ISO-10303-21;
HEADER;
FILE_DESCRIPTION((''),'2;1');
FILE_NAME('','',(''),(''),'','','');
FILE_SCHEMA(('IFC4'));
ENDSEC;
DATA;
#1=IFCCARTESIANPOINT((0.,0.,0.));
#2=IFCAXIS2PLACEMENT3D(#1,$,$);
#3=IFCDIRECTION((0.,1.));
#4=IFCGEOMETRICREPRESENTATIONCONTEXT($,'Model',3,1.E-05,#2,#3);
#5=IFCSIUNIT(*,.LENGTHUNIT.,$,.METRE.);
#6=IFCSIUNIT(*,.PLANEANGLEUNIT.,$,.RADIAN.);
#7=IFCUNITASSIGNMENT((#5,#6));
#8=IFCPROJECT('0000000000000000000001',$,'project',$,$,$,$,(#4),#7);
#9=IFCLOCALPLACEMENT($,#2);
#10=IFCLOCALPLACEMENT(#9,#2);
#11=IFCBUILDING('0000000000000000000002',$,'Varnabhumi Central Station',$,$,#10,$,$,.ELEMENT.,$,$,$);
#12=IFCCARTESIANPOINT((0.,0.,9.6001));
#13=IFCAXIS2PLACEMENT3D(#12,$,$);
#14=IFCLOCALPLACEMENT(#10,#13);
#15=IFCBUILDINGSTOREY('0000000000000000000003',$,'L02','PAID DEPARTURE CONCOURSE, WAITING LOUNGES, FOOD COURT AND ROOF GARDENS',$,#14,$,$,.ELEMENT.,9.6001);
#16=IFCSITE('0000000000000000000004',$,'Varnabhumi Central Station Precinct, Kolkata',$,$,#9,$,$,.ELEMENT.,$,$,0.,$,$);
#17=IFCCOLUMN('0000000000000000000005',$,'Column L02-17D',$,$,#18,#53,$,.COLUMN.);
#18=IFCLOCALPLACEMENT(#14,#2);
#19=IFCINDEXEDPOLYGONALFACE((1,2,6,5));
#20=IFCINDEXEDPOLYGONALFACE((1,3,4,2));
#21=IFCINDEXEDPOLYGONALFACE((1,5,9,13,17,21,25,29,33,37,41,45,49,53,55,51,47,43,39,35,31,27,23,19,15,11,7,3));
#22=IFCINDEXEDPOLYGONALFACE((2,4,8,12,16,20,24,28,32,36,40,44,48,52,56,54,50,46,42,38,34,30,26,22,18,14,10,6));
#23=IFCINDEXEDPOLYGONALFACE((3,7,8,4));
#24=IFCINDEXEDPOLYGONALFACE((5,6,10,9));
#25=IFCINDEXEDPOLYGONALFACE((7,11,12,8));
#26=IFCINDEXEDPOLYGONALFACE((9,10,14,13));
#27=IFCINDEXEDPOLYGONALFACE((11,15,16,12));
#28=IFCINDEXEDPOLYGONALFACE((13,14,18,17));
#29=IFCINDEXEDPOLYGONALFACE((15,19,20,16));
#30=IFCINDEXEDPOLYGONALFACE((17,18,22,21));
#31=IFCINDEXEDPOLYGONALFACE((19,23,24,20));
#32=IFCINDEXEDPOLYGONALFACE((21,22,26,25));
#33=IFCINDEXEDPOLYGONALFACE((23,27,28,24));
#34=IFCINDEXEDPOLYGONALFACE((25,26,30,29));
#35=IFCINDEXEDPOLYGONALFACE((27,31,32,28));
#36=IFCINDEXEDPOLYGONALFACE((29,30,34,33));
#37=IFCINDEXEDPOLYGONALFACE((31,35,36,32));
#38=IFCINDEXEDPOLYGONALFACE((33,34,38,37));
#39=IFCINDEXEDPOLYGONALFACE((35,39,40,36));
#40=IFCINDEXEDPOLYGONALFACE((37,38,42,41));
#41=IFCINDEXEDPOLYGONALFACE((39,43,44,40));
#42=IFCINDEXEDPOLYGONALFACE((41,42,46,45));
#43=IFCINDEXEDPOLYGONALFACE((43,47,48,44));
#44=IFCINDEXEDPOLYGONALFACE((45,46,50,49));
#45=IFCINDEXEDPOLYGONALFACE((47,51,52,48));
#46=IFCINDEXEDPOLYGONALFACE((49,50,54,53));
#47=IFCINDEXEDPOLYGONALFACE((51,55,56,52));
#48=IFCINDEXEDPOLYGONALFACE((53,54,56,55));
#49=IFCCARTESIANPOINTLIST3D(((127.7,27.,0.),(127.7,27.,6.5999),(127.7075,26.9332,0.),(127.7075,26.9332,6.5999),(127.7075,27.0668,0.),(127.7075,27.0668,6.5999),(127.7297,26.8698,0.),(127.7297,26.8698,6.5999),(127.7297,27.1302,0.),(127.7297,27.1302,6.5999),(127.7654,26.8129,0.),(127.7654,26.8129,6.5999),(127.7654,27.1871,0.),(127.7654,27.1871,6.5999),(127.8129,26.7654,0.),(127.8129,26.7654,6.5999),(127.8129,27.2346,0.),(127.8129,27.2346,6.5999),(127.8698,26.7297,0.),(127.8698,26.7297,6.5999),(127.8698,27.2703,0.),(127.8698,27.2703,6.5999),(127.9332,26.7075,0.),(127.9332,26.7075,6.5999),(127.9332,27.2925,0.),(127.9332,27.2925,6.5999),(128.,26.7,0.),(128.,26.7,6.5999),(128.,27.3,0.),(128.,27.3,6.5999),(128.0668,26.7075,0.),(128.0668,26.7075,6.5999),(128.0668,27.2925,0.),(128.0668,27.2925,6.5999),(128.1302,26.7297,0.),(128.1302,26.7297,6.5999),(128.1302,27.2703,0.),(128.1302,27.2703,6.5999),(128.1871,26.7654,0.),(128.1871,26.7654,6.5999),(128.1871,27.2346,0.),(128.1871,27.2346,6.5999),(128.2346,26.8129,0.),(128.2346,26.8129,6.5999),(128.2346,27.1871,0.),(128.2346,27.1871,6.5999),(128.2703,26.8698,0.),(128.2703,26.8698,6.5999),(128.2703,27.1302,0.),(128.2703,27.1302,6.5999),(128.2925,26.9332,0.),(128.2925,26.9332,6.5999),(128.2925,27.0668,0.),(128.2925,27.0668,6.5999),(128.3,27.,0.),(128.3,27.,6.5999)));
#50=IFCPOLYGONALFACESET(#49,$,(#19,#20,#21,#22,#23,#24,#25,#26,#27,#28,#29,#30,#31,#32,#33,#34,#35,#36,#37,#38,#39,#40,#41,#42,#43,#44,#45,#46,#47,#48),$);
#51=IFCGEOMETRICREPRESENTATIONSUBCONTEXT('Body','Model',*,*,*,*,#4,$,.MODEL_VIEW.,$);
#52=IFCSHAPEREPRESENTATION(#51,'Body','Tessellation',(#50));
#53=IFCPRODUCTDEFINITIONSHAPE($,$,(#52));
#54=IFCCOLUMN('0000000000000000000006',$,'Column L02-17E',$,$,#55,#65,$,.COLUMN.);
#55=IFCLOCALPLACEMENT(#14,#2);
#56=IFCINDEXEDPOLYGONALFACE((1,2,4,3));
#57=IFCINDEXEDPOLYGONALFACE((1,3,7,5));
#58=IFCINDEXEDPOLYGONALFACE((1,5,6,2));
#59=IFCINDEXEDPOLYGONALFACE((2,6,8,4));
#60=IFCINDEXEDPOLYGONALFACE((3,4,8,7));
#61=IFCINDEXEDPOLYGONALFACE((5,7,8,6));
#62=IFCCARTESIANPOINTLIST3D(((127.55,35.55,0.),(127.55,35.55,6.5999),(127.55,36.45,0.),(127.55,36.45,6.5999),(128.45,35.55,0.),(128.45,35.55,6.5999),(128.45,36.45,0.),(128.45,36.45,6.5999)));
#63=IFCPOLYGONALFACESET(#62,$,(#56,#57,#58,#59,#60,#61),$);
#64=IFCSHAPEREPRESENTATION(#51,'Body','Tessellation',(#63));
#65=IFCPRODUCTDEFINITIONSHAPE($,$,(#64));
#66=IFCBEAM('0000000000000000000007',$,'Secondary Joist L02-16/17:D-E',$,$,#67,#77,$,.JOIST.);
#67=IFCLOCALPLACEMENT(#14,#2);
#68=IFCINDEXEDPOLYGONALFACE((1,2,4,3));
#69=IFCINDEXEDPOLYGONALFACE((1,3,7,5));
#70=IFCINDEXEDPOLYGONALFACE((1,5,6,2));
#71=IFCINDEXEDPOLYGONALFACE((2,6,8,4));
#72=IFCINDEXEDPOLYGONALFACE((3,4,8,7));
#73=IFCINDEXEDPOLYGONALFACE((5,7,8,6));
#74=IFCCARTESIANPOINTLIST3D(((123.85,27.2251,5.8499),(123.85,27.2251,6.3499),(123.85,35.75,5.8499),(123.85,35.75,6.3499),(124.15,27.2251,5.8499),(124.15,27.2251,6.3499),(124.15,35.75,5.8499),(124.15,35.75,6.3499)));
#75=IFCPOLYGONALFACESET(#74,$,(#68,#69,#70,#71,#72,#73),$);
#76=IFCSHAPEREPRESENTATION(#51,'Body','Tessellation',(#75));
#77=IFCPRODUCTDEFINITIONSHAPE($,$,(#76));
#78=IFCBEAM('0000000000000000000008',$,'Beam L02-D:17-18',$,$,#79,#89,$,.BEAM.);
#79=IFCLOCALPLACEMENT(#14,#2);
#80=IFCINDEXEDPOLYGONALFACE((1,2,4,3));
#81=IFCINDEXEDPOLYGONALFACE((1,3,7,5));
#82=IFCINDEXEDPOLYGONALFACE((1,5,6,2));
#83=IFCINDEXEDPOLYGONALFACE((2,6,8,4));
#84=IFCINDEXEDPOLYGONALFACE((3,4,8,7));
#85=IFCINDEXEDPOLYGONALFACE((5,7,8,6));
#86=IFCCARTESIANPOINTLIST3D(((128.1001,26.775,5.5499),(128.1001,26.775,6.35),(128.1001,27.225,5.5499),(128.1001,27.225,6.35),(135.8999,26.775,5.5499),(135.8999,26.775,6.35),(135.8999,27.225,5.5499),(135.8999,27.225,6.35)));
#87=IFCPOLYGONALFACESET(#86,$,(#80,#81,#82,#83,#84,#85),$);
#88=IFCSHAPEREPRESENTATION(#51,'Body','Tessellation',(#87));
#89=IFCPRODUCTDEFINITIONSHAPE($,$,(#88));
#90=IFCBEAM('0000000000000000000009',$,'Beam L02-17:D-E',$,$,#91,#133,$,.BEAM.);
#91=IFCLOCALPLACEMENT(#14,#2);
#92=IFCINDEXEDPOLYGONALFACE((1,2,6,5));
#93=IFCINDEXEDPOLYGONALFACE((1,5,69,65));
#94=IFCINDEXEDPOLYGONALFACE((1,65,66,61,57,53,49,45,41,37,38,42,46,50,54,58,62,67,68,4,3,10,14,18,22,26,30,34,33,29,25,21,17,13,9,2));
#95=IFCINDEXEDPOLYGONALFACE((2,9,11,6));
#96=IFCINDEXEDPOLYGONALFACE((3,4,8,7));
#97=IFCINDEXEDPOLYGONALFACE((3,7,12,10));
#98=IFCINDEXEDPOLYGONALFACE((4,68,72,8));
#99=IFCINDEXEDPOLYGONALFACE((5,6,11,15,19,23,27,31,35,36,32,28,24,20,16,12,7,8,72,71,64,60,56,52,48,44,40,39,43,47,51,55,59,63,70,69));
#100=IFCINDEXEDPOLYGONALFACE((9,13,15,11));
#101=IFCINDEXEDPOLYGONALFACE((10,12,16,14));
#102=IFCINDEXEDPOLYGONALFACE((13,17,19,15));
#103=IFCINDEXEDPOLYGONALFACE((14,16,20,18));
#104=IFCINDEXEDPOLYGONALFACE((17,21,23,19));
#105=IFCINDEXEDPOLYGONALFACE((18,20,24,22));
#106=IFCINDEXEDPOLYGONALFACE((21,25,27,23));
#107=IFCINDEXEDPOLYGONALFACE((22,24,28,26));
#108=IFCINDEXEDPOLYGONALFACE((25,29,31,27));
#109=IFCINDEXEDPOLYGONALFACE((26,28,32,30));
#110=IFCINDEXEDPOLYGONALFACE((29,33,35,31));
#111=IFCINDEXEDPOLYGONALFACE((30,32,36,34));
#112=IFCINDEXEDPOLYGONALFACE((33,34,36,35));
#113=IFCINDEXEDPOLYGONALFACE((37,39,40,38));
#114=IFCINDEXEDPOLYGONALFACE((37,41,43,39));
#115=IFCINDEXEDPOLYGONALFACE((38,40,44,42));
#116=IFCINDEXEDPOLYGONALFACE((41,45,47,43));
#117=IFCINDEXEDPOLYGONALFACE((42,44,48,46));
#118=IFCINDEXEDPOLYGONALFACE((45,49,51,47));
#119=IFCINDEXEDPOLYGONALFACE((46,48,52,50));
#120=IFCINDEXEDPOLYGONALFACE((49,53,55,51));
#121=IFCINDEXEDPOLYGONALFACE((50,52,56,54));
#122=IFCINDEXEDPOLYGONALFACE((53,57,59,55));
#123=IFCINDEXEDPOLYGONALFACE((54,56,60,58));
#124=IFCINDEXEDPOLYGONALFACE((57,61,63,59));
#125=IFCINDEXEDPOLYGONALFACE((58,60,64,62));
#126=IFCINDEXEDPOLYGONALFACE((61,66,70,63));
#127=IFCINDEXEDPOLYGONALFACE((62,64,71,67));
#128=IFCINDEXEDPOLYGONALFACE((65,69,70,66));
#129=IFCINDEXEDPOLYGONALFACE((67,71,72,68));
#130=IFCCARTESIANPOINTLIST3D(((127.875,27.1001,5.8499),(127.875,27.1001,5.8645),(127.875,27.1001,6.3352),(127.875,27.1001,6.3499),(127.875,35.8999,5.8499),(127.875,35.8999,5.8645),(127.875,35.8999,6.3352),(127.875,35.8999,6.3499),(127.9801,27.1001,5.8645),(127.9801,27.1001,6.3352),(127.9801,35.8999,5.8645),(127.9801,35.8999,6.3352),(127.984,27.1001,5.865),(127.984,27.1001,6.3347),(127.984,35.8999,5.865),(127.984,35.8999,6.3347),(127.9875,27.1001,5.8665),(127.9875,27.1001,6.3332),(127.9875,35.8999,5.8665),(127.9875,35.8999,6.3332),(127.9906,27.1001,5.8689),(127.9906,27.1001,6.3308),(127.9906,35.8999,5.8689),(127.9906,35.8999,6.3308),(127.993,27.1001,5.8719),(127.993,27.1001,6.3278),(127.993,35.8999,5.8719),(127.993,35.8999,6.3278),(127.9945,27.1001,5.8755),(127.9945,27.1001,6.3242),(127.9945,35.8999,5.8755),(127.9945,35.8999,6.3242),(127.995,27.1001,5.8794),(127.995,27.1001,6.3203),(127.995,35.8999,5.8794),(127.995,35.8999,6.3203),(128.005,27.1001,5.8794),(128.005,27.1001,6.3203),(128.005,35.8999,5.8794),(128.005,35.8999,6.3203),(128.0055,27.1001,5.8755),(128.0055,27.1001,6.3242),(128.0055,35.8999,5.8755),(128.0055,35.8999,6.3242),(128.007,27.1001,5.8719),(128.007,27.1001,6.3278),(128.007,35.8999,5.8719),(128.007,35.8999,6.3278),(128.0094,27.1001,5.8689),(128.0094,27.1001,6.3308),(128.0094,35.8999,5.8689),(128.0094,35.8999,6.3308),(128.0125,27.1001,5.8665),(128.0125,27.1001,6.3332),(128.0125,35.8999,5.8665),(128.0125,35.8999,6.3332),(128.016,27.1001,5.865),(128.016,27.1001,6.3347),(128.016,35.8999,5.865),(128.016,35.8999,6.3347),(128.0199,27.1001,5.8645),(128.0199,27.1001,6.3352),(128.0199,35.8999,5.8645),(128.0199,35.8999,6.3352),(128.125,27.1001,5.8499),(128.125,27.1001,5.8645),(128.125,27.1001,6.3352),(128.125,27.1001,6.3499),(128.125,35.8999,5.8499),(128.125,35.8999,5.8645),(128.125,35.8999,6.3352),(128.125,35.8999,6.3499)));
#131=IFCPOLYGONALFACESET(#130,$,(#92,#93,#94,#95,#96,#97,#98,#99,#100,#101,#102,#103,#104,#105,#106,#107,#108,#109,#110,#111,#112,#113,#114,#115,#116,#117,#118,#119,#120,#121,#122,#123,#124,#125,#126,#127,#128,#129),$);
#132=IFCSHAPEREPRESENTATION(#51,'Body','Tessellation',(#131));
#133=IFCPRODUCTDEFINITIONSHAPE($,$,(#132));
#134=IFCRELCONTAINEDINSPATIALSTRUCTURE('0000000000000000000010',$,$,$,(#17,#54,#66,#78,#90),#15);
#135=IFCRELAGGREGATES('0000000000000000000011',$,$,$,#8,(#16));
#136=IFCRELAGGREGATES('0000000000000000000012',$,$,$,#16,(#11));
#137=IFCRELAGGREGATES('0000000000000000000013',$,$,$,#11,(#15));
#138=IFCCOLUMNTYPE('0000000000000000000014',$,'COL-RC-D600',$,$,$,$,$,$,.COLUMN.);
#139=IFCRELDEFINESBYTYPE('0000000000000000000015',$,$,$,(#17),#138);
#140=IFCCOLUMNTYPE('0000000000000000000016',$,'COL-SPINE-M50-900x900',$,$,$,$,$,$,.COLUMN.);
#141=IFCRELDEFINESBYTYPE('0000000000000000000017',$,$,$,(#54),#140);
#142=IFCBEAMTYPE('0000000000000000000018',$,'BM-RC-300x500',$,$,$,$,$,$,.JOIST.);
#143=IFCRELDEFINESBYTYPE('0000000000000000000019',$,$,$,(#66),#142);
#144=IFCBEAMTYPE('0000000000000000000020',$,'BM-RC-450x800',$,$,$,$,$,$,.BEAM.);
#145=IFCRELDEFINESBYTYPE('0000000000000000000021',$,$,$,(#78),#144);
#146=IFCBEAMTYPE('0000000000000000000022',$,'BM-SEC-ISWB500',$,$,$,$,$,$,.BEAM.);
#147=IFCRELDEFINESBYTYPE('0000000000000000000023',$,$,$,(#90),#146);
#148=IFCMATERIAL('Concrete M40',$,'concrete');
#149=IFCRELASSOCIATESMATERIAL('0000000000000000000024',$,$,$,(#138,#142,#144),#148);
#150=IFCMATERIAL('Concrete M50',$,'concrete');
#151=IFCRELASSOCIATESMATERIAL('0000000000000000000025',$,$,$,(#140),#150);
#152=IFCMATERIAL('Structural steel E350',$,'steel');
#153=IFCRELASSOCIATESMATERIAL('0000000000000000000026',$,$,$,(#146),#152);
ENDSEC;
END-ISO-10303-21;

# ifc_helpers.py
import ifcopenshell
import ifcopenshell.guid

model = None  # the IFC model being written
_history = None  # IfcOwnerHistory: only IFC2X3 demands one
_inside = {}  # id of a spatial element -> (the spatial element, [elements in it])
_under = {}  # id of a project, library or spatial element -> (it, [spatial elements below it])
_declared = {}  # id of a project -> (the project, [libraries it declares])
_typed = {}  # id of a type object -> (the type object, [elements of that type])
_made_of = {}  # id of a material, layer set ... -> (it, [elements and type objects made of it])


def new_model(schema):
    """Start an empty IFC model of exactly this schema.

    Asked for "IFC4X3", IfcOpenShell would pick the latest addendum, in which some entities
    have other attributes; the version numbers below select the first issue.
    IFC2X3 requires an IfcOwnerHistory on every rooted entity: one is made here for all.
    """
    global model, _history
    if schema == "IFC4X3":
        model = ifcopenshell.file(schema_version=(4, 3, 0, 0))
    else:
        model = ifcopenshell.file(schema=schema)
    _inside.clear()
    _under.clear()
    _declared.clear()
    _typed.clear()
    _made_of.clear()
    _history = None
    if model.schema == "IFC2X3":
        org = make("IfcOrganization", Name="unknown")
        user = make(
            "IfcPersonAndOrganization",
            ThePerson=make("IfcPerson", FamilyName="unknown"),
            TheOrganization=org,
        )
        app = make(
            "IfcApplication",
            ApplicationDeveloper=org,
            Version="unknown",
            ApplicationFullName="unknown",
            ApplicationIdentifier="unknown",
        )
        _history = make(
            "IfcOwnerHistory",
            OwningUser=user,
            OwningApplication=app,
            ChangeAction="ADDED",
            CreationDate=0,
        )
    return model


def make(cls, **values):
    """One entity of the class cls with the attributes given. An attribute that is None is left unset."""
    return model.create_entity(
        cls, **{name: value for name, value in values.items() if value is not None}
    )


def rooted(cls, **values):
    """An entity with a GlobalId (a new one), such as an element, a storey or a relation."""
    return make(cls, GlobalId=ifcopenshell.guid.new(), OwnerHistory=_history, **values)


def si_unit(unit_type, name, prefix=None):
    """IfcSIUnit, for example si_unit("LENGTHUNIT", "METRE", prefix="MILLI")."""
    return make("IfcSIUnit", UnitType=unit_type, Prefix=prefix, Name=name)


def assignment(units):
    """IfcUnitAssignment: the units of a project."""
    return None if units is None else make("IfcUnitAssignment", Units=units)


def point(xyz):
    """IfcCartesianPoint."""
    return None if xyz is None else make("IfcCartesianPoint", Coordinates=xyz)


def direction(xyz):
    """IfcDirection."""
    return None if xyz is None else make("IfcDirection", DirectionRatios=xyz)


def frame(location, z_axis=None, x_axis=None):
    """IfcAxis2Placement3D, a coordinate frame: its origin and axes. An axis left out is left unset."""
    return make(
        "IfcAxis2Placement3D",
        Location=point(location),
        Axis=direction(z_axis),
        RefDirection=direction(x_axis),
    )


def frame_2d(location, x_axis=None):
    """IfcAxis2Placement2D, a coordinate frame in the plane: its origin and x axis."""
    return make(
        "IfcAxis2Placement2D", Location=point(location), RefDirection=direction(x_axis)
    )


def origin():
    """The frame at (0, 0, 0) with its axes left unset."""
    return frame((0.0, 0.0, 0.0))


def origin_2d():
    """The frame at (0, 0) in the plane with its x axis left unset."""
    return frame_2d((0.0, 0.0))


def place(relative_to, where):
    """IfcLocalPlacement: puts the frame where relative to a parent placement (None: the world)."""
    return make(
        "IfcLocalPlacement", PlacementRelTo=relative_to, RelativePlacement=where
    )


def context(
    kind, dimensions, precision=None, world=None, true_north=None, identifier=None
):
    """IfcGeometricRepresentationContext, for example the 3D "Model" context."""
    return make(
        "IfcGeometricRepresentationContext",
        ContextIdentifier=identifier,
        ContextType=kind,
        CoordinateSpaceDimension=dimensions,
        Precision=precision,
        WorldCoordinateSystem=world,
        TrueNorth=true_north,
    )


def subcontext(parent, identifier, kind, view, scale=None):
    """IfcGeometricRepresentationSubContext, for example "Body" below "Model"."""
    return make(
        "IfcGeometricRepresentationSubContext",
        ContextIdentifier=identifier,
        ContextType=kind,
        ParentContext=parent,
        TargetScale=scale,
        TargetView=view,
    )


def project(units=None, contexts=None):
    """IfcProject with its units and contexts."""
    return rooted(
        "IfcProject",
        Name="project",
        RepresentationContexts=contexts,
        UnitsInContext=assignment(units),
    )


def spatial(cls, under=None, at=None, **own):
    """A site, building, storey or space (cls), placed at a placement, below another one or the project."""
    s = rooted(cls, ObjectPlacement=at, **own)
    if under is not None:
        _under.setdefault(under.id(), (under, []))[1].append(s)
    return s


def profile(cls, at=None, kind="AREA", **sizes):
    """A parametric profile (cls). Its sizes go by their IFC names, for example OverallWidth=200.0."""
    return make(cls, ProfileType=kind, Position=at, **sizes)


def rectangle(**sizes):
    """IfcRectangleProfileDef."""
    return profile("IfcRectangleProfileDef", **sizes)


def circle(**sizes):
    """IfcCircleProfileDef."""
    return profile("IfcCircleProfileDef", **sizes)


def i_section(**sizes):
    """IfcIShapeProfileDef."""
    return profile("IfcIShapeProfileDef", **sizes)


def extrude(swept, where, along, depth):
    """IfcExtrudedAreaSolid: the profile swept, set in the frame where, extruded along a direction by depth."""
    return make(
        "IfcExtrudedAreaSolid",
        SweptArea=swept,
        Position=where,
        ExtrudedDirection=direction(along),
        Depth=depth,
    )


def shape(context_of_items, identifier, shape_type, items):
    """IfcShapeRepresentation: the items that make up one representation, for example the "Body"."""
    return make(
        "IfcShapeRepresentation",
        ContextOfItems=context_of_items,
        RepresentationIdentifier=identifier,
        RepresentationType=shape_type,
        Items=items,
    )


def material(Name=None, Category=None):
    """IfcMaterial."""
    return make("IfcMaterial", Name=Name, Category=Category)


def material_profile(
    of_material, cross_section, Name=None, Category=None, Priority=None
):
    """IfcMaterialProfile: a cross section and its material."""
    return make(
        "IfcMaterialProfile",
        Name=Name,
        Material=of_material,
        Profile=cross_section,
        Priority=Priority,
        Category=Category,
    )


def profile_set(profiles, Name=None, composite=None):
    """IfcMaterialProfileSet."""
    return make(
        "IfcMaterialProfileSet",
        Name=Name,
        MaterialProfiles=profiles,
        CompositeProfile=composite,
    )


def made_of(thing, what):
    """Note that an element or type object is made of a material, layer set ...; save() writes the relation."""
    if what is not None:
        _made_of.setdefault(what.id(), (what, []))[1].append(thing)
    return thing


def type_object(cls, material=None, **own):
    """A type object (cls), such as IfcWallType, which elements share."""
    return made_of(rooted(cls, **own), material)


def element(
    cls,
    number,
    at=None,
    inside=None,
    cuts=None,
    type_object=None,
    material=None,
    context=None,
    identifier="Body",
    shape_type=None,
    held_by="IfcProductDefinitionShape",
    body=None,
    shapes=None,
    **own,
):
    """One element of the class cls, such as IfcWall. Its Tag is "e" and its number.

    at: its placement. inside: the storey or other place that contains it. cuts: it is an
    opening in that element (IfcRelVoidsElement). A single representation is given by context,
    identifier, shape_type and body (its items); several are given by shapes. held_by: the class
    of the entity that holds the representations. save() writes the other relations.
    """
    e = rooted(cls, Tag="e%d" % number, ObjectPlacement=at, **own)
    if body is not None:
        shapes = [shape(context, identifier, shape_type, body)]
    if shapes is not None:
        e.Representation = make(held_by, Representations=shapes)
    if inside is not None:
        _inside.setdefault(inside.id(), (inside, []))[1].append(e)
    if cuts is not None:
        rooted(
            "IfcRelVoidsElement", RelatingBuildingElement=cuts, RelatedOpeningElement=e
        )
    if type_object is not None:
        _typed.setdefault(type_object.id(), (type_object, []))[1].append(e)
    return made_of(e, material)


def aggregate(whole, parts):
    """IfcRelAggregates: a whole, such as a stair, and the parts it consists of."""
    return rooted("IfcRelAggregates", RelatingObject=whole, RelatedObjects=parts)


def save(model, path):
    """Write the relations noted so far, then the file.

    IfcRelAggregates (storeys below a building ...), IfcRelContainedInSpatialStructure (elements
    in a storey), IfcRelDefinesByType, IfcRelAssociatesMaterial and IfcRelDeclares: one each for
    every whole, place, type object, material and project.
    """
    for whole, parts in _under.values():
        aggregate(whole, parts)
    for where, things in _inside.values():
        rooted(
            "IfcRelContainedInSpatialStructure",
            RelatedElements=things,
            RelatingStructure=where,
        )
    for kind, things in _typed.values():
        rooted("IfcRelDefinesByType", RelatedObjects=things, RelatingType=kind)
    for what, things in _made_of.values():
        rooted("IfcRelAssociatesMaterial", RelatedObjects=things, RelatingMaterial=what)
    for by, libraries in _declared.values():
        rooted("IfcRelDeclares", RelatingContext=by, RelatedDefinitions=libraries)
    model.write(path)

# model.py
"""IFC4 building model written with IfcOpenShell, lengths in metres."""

from ifc_helpers import new_model, si_unit, direction, frame, origin, origin_2d, place, context, subcontext, project, spatial, rectangle, circle, i_section, extrude, material, material_profile, profile_set, type_object, element, save


model = new_model("IFC4")

# Units and contexts
model_context = context("Model", 3, precision=1e-05, world=origin(), true_north=direction((0.0, 1.0)))
body_context = subcontext(model_context, "Body", "Model", "MODEL_VIEW")
ifc_project = project(units=[si_unit("LENGTHUNIT", "METRE"), si_unit("PLANEANGLEUNIT", "RADIAN")], contexts=[model_context])

# Site, building, storey
site_placement = place(None, origin())
site = spatial("IfcSite", under=ifc_project, at=site_placement, Name="Varnabhumi Central Station Precinct, Kolkata", CompositionType="ELEMENT", RefElevation=0.0)
building_placement = place(site_placement, origin())
building = spatial("IfcBuilding", under=site, at=building_placement, Name="Varnabhumi Central Station", CompositionType="ELEMENT")
storey_placement = place(building_placement, frame((0.0, 0.0, 9.6001)))
storey = spatial("IfcBuildingStorey", under=building, at=storey_placement, Name="L02", Description="PAID DEPARTURE CONCOURSE, WAITING LOUNGES, FOOD COURT AND ROOF GARDENS", CompositionType="ELEMENT", Elevation=9.6001)

# Columns
ifc_material_1 = material(Name="Concrete M40", Category="concrete")
ifc_material_profile_1 = material_profile(ifc_material_1, circle(Radius=0.3, at=origin_2d()), Name="Concrete M40", Category="concrete")
ifc_profile_set_1 = profile_set([ifc_material_profile_1], Name="Concrete M40")
column_type_1 = type_object("IfcColumnType", Name="COL-RC-D600", PredefinedType="COLUMN", material=ifc_profile_set_1)
column_1_placement = place(storey_placement, frame((128.0, 27.0, 0.0), z_axis=(0.0, 0.0, 1.0), x_axis=(1.0, 0.0, 0.0)))
element("IfcColumn", 1, at=column_1_placement, inside=storey, type_object=column_type_1, Name="Column L02-17D", PredefinedType="COLUMN", context=body_context, shape_type="SweptSolid", body=[
    extrude(circle(Radius=0.3, at=origin_2d()), origin(), (0.0, 0.0, 1.0), 6.5999),
])
ifc_material_2 = material(Name="Concrete M50", Category="concrete")
ifc_material_profile_2 = material_profile(ifc_material_2, rectangle(XDim=0.8999, YDim=0.8999, at=origin_2d()), Name="Concrete M50", Category="concrete")
ifc_profile_set_2 = profile_set([ifc_material_profile_2], Name="Concrete M50")
column_type_2 = type_object("IfcColumnType", Name="COL-SPINE-M50-900x900", PredefinedType="COLUMN", material=ifc_profile_set_2)
column_2_placement = place(storey_placement, frame((128.0, 36.0, 0.0), z_axis=(0.0, 0.0, 1.0), x_axis=(1.0, 0.0, 0.0)))
element("IfcColumn", 2, at=column_2_placement, inside=storey, type_object=column_type_2, Name="Column L02-17E", PredefinedType="COLUMN", context=body_context, shape_type="SweptSolid", body=[
    extrude(rectangle(XDim=0.8999, YDim=0.8999, at=origin_2d()), origin(), (0.0, 0.0, 1.0), 6.5999),
])

# Beams
ifc_material_profile_3 = material_profile(ifc_material_1, rectangle(XDim=0.3, YDim=0.5, at=origin_2d()), Name="Concrete M40", Category="concrete")
ifc_profile_set_3 = profile_set([ifc_material_profile_3], Name="Concrete M40")
beam_type_1 = type_object("IfcBeamType", Name="BM-RC-300x500", PredefinedType="JOIST", material=ifc_profile_set_3)
beam_1_placement = place(storey_placement, frame((124.0, 27.2251, 6.0999), z_axis=(0.0, 1.0, 0.0), x_axis=(-1.0, 0.0, 0.0)))
element("IfcBeam", 3, at=beam_1_placement, inside=storey, type_object=beam_type_1, Name="Secondary Joist L02-16/17:D-E", PredefinedType="JOIST", context=body_context, shape_type="SweptSolid", body=[
    extrude(rectangle(XDim=0.3, YDim=0.5, at=origin_2d()), origin(), (0.0, 0.0, 1.0), 8.5249),
])
ifc_material_profile_4 = material_profile(ifc_material_1, rectangle(XDim=0.45, YDim=0.8, at=origin_2d()), Name="Concrete M40", Category="concrete")
ifc_profile_set_4 = profile_set([ifc_material_profile_4], Name="Concrete M40")
beam_type_2 = type_object("IfcBeamType", Name="BM-RC-450x800", PredefinedType="BEAM", material=ifc_profile_set_4)
beam_2_placement = place(storey_placement, frame((128.1001, 27.0, 5.95), z_axis=(1.0, 0.0, 0.0), x_axis=(0.0, 1.0, 0.0)))
element("IfcBeam", 4, at=beam_2_placement, inside=storey, type_object=beam_type_2, Name="Beam L02-D:17-18", PredefinedType="BEAM", context=body_context, shape_type="SweptSolid", body=[
    extrude(rectangle(XDim=0.45, YDim=0.8, at=origin_2d()), origin(), (0.0, 0.0, 1.0), 7.7998),
])
ifc_material_3 = material(Name="Structural steel E350", Category="steel")
ifc_material_profile_5 = material_profile(ifc_material_3, i_section(OverallWidth=0.25, OverallDepth=0.5, WebThickness=0.01, FlangeThickness=0.0146, FilletRadius=0.0149, at=origin_2d()), Name="Structural steel E350", Category="steel")
ifc_profile_set_5 = profile_set([ifc_material_profile_5], Name="Structural steel E350")
beam_type_3 = type_object("IfcBeamType", Name="BM-SEC-ISWB500", PredefinedType="BEAM", material=ifc_profile_set_5)
beam_3_placement = place(storey_placement, frame((128.0, 27.1001, 6.0999), z_axis=(0.0, 1.0, 0.0), x_axis=(-1.0, 0.0, 0.0)))
element("IfcBeam", 5, at=beam_3_placement, inside=storey, type_object=beam_type_3, Name="Beam L02-17:D-E", PredefinedType="BEAM", context=body_context, shape_type="SweptSolid", body=[
    extrude(i_section(OverallWidth=0.25, OverallDepth=0.5, WebThickness=0.01, FlangeThickness=0.0146, FilletRadius=0.0149, at=origin_2d()), origin(), (0.0, 0.0, 1.0), 8.7998),
])

save(model, "model.ifc")
